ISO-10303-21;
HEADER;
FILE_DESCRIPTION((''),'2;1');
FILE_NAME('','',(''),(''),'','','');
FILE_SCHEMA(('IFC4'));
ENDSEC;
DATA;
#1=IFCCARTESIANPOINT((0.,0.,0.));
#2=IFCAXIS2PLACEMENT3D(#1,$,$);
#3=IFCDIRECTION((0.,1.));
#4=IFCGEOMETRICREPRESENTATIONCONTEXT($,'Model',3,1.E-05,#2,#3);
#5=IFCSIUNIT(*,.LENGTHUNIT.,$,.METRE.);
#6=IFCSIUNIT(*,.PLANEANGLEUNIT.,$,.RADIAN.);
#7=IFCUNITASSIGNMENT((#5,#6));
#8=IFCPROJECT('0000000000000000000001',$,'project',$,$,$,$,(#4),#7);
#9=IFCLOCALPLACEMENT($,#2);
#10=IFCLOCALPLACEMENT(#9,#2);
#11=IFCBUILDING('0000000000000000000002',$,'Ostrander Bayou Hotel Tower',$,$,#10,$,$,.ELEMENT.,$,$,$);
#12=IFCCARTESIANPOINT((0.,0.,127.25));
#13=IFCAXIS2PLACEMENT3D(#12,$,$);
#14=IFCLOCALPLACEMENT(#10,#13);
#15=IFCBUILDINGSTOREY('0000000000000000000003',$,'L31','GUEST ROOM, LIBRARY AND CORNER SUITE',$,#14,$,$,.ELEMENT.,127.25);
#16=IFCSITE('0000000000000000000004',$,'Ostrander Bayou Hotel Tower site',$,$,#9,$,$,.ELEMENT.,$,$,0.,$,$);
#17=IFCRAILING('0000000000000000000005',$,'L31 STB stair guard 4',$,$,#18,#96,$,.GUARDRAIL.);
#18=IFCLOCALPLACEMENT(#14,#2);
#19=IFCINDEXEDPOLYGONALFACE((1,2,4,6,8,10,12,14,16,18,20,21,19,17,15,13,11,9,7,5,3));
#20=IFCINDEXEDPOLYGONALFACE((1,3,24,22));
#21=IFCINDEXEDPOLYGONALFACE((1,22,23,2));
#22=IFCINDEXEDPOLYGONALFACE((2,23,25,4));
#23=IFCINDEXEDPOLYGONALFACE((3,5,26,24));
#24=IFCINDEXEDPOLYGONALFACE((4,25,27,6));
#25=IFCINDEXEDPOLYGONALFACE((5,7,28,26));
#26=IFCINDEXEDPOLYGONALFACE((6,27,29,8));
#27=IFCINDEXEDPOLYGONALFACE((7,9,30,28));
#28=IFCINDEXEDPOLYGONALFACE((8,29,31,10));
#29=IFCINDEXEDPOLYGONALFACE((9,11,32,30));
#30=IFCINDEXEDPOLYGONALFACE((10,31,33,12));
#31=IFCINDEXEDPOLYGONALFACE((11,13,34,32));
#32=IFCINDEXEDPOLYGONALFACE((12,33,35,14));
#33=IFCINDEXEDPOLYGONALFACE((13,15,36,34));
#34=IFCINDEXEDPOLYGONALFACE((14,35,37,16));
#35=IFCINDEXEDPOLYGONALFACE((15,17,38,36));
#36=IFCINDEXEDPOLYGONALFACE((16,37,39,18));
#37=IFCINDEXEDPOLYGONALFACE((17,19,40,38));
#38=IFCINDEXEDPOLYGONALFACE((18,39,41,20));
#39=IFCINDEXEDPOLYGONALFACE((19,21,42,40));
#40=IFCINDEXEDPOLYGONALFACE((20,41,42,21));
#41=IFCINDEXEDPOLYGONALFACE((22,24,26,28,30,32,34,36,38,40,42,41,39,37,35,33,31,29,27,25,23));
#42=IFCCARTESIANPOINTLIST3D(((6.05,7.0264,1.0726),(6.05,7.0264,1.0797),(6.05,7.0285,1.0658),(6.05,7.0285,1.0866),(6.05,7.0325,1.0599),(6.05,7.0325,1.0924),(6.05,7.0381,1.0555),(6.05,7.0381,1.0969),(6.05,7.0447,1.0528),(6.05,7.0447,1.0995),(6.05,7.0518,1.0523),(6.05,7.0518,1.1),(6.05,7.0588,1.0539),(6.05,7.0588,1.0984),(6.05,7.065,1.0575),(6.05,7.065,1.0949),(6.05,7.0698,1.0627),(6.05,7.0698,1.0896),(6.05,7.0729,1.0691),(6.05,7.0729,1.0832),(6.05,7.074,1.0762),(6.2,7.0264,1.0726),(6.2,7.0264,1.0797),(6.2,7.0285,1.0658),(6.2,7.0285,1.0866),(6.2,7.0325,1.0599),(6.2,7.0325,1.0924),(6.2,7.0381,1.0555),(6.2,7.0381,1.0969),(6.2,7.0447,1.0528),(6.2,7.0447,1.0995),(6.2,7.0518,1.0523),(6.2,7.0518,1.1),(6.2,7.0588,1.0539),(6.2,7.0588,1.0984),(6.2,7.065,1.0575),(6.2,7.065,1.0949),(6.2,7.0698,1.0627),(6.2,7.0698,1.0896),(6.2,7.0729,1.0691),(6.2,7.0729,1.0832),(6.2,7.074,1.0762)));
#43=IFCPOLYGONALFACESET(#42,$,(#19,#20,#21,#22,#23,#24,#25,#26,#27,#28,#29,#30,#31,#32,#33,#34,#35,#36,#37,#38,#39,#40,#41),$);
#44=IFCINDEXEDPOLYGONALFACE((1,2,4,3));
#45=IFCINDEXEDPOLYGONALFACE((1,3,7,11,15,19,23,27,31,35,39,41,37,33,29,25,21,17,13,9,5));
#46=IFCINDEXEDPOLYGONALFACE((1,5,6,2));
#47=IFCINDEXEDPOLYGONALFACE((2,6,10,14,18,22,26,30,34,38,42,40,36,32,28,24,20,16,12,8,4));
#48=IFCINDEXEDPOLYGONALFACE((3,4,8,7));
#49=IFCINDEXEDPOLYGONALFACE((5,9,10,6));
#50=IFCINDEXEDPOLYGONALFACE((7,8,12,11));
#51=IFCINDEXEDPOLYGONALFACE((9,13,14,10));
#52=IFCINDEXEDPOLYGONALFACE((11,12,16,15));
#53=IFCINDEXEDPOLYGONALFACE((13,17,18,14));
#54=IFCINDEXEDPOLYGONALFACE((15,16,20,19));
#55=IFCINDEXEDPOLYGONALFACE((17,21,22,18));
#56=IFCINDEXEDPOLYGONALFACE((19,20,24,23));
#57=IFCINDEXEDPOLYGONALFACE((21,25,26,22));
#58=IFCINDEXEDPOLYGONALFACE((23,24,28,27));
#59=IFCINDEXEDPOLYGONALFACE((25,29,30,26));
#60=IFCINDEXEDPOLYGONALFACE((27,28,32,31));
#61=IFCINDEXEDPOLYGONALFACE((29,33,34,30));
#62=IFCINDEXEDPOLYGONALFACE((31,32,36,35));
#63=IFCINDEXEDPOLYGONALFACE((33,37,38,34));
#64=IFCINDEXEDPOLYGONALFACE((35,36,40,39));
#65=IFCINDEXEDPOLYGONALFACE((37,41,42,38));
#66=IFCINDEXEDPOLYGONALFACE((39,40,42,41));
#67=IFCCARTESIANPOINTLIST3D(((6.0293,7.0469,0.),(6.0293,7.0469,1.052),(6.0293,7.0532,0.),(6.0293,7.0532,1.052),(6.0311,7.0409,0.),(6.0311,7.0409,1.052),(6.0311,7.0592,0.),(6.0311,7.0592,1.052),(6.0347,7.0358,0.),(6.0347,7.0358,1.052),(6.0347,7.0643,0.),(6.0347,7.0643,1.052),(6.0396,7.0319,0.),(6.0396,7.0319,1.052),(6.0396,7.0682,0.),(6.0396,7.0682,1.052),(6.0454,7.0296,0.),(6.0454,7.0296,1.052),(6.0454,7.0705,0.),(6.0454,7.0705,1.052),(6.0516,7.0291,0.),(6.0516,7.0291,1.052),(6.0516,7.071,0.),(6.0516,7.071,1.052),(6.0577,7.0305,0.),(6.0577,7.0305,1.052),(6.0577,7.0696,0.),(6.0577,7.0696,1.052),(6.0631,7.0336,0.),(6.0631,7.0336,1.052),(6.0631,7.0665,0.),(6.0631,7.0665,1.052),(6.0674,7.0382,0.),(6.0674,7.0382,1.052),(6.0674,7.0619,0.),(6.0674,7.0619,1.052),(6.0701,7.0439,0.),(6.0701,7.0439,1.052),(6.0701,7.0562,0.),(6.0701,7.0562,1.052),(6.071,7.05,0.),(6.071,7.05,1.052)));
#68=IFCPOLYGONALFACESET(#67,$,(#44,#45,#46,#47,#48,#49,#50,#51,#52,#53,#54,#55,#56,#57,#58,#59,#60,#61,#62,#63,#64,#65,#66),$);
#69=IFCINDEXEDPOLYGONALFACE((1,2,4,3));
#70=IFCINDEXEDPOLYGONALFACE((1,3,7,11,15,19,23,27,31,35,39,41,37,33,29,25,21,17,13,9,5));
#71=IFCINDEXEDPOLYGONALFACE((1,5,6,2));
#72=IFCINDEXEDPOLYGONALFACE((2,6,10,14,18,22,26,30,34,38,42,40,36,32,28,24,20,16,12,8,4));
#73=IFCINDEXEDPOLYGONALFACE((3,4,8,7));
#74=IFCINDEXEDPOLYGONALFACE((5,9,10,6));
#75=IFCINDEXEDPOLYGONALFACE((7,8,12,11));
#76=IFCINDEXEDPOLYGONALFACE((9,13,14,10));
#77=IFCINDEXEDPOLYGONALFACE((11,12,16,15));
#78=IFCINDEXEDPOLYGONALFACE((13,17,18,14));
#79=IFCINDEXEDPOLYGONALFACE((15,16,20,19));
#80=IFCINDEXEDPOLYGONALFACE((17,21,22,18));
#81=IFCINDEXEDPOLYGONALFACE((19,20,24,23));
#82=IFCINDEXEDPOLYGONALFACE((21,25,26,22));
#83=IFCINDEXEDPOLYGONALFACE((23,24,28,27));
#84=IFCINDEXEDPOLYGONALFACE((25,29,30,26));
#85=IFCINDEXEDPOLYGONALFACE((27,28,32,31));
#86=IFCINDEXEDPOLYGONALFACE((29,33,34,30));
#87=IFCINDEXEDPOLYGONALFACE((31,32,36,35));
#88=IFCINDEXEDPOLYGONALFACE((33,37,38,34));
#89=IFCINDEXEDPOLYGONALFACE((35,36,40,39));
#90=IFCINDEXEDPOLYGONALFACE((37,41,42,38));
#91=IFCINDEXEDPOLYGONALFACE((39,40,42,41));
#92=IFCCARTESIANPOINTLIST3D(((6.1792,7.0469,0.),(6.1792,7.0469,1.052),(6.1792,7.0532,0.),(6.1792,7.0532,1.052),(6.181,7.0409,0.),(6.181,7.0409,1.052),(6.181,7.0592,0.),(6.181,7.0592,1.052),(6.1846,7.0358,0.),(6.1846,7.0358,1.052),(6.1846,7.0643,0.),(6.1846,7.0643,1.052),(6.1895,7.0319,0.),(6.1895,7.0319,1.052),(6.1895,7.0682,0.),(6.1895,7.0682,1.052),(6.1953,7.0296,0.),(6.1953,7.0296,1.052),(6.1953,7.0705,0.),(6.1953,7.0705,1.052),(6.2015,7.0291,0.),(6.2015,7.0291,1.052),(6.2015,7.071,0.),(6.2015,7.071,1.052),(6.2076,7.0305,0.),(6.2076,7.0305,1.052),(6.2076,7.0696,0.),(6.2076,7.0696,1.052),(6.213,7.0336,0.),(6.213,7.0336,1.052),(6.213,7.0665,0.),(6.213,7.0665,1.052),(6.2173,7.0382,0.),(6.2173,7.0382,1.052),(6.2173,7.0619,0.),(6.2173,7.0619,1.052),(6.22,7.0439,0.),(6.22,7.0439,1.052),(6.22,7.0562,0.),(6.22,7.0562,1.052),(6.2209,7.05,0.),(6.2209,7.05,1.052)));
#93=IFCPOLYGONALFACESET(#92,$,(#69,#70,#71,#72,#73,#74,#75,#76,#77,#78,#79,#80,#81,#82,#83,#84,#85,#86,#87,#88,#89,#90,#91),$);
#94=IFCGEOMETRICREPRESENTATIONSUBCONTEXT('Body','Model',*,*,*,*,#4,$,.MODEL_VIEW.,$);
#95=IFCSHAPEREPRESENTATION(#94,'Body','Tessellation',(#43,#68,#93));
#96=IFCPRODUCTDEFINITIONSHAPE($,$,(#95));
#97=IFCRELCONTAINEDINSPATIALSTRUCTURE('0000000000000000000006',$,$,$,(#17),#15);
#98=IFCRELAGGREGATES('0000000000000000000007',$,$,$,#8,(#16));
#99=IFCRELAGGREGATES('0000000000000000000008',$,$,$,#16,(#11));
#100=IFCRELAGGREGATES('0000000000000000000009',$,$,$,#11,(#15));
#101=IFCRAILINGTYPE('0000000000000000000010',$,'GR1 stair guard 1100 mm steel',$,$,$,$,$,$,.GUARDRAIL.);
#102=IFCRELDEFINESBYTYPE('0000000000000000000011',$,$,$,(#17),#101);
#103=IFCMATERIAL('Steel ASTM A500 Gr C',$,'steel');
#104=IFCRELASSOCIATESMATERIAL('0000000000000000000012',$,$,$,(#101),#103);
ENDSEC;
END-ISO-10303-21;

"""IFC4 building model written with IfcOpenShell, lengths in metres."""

from ifc_helpers import new_model, si_unit, direction, frame, origin, origin_2d, place, context, subcontext, project, spatial, circle, extrude, material, type_object, element, save


model = new_model("IFC4")

# Units and contexts
model_context = context("Model", 3, precision=1e-05, world=origin(), true_north=direction((0.0, 1.0)))
body_context = subcontext(model_context, "Body", "Model", "MODEL_VIEW")
ifc_project = project(units=[si_unit("LENGTHUNIT", "METRE"), si_unit("PLANEANGLEUNIT", "RADIAN")], contexts=[model_context])

# Site, building, storey
site_placement = place(None, origin())
site = spatial("IfcSite", under=ifc_project, at=site_placement, Name="Ostrander Bayou Hotel Tower site", CompositionType="ELEMENT", RefElevation=0.0)
building_placement = place(site_placement, origin())
building = spatial("IfcBuilding", under=site, at=building_placement, Name="Ostrander Bayou Hotel Tower", CompositionType="ELEMENT")
storey_placement = place(building_placement, frame((0.0, 0.0, 127.25)))
storey = spatial("IfcBuildingStorey", under=building, at=storey_placement, Name="L31", Description="GUEST ROOM, LIBRARY AND CORNER SUITE", CompositionType="ELEMENT", Elevation=127.25)

# Railing
ifc_material_1 = material(Name="Steel ASTM A500 Gr C", Category="steel")
railing_type_1 = type_object("IfcRailingType", Name="GR1 stair guard 1100 mm steel", PredefinedType="GUARDRAIL", material=ifc_material_1)
railing_1_placement = place(storey_placement, frame((6.05, 7.05, 0.0)))
element("IfcRailing", 1, at=railing_1_placement, inside=storey, type_object=railing_type_1, Name="L31 STB stair guard 4", PredefinedType="GUARDRAIL", context=body_context, shape_type="SweptSolid", body=[
    extrude(circle(Radius=0.0239, at=origin_2d()), frame((0.0, 0.0, 1.0762), z_axis=(1.0, 0.0, 0.0), x_axis=(0.0, 1.0, 0.0)), (0.0, 0.0, 1.0), 0.1499),
    extrude(circle(Radius=0.021, at=origin_2d()), origin(), (0.0, 0.0, 1.0), 1.052),
    extrude(circle(Radius=0.021, at=origin_2d()), frame((0.1499, 0.0, 0.0)), (0.0, 0.0, 1.0), 1.052),
])

save(model, "model.ifc")
